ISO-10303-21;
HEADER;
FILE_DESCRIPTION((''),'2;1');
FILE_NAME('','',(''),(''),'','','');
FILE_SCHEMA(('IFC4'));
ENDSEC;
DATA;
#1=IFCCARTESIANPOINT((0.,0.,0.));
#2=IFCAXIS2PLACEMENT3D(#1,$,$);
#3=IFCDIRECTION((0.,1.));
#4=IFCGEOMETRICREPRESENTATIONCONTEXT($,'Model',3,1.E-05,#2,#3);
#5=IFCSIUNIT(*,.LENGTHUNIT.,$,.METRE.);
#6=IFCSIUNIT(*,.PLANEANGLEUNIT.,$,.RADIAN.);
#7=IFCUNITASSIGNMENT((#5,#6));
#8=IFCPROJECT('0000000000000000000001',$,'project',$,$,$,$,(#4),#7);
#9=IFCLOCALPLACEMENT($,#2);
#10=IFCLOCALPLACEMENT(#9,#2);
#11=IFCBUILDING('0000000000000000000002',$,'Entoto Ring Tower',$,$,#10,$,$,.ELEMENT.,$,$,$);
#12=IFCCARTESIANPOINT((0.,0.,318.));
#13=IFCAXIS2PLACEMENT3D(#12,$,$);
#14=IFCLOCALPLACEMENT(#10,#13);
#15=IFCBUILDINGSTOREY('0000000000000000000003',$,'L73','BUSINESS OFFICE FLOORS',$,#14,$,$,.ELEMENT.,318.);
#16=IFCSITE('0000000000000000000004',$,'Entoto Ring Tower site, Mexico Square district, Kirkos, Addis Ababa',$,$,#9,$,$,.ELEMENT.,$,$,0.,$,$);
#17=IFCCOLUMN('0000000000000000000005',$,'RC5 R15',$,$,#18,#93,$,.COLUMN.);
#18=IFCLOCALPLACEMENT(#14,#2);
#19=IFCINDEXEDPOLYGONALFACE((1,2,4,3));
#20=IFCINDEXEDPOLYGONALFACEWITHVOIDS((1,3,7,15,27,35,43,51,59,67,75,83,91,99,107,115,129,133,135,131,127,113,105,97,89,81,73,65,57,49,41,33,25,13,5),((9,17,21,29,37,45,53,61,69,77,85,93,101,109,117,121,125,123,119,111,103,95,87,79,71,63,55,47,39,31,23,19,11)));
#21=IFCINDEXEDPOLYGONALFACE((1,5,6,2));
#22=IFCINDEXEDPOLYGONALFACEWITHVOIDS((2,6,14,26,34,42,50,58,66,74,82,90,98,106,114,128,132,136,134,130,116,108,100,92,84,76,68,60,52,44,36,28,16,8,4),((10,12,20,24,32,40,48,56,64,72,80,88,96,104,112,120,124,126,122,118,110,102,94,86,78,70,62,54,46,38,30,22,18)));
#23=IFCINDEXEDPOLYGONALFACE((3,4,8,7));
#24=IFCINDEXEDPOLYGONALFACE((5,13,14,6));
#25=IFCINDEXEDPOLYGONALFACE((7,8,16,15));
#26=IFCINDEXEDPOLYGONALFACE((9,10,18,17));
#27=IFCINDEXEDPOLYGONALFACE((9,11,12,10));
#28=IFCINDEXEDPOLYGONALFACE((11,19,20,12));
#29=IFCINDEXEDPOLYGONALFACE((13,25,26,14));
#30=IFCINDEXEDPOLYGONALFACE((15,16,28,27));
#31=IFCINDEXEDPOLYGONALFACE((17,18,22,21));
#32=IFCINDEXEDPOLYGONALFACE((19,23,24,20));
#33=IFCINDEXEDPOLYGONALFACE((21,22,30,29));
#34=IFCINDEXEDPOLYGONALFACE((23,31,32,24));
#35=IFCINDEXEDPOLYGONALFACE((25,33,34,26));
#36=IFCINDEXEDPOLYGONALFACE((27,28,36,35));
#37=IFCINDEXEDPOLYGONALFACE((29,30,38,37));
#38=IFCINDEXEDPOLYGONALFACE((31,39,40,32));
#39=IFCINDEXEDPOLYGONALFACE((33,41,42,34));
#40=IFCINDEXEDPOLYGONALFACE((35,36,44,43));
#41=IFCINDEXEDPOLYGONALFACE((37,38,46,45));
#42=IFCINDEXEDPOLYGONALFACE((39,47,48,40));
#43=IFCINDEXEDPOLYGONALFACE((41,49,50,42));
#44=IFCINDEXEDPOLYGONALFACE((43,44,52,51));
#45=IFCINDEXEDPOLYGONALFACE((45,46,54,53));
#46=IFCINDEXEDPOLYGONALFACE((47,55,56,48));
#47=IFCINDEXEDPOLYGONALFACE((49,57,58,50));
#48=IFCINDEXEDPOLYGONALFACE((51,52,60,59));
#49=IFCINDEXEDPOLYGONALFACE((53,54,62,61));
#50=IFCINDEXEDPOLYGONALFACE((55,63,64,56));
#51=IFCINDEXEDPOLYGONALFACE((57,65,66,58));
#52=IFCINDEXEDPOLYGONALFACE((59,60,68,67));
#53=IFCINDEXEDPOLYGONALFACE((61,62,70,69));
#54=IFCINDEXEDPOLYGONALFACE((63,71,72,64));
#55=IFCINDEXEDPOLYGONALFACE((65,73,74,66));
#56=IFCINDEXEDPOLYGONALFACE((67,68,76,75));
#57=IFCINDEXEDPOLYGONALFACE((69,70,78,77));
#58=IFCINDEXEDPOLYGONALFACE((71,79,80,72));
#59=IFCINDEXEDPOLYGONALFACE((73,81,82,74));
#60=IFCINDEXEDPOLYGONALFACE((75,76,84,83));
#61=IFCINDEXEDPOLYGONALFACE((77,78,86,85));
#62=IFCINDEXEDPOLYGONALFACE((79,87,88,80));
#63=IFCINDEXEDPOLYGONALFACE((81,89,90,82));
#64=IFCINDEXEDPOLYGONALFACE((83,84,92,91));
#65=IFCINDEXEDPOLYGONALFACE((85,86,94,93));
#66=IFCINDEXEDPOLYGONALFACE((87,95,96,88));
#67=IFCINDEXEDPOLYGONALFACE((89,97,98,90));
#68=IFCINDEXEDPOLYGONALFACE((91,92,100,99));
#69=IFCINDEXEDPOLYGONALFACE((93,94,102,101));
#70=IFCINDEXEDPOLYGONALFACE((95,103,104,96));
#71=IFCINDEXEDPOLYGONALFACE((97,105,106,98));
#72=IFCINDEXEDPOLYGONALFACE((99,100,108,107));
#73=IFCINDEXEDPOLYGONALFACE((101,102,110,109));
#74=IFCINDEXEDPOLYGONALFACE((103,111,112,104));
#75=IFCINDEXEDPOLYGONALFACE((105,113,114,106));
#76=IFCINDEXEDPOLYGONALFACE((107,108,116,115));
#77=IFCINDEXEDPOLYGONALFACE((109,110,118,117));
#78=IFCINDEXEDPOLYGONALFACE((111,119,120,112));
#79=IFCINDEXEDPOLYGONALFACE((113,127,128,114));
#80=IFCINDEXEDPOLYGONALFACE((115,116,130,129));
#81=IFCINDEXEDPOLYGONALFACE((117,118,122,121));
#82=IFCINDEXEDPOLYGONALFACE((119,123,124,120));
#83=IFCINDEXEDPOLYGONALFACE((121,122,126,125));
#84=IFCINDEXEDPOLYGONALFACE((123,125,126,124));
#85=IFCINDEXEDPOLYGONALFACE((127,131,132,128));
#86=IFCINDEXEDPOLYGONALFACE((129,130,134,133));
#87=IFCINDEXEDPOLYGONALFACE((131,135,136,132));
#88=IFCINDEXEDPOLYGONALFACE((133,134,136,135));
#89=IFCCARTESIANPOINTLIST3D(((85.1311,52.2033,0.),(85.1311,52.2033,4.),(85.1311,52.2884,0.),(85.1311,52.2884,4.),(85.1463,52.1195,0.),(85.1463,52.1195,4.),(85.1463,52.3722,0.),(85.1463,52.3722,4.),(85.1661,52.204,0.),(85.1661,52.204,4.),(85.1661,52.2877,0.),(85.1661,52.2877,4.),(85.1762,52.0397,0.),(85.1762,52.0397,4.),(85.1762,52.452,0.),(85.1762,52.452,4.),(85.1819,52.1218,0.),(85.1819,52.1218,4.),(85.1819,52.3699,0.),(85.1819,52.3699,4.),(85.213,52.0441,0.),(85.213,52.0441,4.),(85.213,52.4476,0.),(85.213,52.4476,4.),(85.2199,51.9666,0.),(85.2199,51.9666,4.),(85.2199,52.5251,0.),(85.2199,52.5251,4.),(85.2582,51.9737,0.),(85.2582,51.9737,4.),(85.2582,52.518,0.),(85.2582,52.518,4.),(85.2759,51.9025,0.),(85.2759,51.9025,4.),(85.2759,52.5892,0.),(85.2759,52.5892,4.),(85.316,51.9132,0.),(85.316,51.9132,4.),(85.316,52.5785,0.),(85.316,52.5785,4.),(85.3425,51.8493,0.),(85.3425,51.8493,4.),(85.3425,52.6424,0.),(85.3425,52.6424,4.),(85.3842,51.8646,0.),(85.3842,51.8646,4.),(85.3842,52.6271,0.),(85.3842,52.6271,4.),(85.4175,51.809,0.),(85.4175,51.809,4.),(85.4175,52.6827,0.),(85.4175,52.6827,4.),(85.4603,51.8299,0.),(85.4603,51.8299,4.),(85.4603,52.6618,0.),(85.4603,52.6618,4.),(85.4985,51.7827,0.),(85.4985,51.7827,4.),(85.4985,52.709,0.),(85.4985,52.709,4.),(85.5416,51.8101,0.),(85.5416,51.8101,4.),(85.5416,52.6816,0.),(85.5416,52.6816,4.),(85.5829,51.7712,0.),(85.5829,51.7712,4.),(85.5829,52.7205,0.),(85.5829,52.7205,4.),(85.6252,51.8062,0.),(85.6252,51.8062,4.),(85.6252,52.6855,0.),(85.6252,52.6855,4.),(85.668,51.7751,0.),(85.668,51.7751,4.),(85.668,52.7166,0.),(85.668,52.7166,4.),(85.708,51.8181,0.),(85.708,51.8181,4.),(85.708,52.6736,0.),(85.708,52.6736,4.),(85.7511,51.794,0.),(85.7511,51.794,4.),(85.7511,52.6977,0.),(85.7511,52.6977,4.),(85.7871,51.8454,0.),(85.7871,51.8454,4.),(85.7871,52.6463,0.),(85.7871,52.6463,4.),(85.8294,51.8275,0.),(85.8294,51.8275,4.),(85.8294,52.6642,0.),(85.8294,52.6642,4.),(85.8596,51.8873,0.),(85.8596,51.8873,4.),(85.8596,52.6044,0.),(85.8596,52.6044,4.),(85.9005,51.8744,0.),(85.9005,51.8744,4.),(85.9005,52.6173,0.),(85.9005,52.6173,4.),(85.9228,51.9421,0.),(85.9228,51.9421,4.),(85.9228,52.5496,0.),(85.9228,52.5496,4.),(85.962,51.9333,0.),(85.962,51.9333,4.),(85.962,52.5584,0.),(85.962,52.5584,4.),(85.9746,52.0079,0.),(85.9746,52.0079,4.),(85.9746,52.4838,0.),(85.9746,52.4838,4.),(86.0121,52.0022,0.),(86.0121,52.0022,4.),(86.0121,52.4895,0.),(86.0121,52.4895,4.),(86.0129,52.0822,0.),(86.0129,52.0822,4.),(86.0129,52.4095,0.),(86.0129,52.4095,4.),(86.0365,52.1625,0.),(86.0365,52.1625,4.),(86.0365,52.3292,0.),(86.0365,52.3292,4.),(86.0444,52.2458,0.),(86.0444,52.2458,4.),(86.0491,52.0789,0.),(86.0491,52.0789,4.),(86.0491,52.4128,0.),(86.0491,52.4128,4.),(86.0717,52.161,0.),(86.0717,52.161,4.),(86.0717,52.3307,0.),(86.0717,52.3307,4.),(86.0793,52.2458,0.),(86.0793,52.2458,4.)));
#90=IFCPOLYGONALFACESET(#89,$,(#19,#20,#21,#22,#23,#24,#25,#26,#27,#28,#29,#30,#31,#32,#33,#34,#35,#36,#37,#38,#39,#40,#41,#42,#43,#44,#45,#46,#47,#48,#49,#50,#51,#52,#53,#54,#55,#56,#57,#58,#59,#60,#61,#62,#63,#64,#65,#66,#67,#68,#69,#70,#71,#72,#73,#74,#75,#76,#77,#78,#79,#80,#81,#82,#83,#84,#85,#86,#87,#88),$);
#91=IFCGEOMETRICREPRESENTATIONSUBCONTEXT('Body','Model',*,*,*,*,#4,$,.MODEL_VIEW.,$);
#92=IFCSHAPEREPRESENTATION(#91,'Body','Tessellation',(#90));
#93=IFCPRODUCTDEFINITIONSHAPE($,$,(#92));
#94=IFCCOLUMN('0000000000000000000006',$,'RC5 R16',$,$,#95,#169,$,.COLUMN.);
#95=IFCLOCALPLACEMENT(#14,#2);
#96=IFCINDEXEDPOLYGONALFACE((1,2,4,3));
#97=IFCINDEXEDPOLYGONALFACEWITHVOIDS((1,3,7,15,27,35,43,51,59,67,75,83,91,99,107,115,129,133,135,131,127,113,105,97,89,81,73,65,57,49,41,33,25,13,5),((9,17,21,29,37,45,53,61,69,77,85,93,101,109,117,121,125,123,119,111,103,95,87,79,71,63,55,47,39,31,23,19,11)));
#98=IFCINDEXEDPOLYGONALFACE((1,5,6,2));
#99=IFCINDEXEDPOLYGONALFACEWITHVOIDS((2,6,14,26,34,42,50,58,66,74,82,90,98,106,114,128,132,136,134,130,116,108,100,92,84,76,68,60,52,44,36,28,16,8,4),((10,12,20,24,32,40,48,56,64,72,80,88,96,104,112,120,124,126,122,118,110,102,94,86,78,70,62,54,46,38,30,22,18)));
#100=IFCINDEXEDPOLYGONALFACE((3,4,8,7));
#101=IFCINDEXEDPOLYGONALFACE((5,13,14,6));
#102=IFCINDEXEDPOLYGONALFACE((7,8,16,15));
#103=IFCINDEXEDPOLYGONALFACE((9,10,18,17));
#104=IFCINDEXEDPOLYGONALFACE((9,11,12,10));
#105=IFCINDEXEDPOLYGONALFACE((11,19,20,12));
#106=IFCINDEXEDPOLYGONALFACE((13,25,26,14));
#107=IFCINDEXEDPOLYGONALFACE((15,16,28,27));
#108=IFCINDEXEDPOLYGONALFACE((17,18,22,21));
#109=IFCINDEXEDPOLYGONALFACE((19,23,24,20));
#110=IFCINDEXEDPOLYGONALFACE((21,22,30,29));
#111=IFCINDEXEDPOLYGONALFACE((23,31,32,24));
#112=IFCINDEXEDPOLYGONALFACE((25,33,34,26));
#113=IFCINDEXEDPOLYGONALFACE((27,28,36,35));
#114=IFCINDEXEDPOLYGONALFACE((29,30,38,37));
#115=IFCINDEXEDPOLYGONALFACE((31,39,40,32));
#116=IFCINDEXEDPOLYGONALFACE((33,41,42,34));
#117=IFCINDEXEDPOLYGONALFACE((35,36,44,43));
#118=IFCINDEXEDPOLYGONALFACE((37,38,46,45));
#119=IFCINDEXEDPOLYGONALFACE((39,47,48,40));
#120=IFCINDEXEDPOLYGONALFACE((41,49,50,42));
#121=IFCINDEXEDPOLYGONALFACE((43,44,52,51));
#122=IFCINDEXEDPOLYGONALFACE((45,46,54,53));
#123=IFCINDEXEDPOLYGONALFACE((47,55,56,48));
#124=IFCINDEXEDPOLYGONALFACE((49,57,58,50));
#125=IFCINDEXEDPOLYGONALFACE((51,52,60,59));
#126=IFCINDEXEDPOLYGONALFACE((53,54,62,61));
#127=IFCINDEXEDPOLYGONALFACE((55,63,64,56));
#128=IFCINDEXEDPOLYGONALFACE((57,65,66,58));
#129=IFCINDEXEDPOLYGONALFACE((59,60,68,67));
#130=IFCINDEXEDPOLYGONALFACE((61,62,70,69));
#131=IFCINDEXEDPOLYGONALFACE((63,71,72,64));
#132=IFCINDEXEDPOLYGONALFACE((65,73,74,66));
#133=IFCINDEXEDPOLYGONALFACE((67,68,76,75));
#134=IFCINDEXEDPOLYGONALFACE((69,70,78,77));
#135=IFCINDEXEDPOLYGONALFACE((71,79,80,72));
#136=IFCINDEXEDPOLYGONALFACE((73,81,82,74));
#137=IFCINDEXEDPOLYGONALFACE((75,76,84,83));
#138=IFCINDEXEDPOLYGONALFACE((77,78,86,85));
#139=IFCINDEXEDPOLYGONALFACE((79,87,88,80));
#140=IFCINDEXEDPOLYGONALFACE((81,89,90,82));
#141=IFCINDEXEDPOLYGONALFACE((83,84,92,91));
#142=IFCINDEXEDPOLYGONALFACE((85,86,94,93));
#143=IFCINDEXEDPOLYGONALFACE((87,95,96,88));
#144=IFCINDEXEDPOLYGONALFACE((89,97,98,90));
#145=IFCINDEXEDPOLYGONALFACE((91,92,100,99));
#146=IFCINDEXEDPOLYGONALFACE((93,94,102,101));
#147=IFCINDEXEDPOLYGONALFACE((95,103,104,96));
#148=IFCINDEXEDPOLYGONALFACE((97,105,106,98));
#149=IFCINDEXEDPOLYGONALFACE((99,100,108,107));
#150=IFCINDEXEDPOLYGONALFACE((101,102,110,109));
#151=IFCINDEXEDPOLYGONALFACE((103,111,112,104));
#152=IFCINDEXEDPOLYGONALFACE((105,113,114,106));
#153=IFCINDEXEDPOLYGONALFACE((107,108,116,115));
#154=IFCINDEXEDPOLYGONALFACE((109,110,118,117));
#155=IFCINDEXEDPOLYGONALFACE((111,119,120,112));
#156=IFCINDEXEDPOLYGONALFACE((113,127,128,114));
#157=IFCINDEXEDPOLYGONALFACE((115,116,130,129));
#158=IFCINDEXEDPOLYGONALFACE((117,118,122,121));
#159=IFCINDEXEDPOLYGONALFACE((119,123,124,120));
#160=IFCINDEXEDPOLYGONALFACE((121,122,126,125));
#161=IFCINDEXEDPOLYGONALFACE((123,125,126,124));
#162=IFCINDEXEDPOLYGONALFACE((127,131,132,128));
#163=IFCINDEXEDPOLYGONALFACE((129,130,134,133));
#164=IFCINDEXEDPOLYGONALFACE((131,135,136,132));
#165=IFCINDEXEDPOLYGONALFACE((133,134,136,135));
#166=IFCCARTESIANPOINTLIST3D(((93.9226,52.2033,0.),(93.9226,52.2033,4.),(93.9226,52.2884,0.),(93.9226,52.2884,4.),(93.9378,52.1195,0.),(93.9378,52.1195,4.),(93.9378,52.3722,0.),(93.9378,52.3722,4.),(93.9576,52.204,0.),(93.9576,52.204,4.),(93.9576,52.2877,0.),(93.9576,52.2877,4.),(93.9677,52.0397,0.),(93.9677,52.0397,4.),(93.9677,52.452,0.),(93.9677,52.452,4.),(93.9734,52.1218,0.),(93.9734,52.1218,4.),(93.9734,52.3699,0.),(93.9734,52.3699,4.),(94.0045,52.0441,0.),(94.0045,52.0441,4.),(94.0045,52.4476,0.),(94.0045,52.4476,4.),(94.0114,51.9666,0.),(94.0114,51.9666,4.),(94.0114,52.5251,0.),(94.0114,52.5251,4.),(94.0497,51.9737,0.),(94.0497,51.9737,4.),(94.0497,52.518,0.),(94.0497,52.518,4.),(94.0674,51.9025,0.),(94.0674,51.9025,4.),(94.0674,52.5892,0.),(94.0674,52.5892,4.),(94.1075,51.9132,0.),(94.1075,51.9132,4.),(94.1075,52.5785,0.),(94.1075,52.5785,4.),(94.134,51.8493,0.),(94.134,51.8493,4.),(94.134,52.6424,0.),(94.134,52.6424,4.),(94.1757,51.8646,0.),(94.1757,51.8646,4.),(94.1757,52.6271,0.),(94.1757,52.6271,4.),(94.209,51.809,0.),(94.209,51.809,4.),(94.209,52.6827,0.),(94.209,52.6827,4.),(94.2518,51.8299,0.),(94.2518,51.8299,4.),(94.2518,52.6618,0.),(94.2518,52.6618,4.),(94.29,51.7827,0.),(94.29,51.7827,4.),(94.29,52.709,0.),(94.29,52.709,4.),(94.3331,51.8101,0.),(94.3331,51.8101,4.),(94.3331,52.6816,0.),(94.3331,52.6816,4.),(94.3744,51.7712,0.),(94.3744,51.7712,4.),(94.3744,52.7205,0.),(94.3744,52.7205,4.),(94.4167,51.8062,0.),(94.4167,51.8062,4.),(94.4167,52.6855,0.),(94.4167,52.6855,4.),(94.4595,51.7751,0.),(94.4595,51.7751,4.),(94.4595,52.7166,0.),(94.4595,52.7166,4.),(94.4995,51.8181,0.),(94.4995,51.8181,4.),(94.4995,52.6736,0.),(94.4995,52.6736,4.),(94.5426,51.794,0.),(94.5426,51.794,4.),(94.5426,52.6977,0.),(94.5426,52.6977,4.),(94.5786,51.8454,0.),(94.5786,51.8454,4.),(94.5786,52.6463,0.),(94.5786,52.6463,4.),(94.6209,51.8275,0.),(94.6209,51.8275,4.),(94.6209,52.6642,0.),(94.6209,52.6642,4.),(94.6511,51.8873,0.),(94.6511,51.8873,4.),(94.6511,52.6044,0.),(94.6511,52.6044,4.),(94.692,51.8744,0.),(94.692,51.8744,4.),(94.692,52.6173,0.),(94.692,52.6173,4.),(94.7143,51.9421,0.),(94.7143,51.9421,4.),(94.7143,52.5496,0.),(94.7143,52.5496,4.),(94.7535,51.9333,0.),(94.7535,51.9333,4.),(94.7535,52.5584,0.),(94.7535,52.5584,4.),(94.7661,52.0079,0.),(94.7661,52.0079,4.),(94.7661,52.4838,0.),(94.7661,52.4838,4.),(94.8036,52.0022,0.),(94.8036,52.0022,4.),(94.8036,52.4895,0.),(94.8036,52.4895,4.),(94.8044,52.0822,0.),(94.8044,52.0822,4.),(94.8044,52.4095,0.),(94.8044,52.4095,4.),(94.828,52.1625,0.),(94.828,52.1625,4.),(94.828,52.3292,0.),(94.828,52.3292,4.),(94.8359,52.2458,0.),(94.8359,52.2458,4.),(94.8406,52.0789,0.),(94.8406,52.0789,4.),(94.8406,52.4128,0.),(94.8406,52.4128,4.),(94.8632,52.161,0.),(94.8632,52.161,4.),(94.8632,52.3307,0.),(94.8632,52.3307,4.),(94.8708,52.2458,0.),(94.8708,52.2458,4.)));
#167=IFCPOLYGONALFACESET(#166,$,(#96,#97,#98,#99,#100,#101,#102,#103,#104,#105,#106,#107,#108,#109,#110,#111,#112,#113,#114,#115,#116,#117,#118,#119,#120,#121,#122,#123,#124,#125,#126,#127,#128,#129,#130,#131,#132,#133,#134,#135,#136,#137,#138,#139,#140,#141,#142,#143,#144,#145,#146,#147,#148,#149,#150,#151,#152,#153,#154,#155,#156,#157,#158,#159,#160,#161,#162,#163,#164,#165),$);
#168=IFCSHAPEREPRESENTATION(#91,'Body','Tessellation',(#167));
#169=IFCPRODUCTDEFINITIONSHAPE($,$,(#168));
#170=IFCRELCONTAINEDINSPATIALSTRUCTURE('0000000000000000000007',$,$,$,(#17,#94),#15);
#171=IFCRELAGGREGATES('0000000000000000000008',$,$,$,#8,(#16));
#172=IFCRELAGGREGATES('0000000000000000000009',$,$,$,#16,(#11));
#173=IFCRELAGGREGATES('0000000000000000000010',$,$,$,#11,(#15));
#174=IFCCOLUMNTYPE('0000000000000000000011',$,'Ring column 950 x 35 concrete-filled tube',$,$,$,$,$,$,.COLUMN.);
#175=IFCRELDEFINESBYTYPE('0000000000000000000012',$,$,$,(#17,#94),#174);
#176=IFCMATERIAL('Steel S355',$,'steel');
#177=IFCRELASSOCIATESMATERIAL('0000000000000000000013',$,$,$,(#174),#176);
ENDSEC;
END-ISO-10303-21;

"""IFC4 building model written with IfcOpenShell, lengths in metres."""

from ifc_helpers import new_model, si_unit, direction, frame, origin, origin_2d, place, context, subcontext, project, spatial, circle, hollow_circle, extrude, material, material_profile, profile_set, type_object, element, save


model = new_model("IFC4")

# Units and contexts
model_context = context("Model", 3, precision=1e-05, world=origin(), true_north=direction((0.0, 1.0)))
body_context = subcontext(model_context, "Body", "Model", "MODEL_VIEW")
ifc_project = project(units=[si_unit("LENGTHUNIT", "METRE"), si_unit("PLANEANGLEUNIT", "RADIAN")], contexts=[model_context])

# Site, building, storey
site_placement = place(None, origin())
site = spatial("IfcSite", under=ifc_project, at=site_placement, Name="Entoto Ring Tower site, Mexico Square district, Kirkos, Addis Ababa", CompositionType="ELEMENT", RefElevation=0.0)
building_placement = place(site_placement, origin())
building = spatial("IfcBuilding", under=site, at=building_placement, Name="Entoto Ring Tower", CompositionType="ELEMENT")
storey_placement = place(building_placement, frame((0.0, 0.0, 318.0)))
storey = spatial("IfcBuildingStorey", under=building, at=storey_placement, Name="L73", Description="BUSINESS OFFICE FLOORS", CompositionType="ELEMENT", Elevation=318.0)

# Columns
ifc_material_1 = material(Name="Steel S355", Category="steel")
ifc_material_profile_1 = material_profile(ifc_material_1, hollow_circle(Radius=0.4751, WallThickness=0.0349, at=origin_2d()), Name="CHS 950 x 35")
ifc_material_2 = material(Name="Concrete C60/75", Category="concrete")
ifc_material_profile_2 = material_profile(ifc_material_2, circle(Radius=0.4399, at=origin_2d()), Name="Concrete C60/75 infill")
ifc_profile_set_1 = profile_set([ifc_material_profile_1, ifc_material_profile_2], Name="Steel S355")
column_type = type_object("IfcColumnType", Name="Ring column 950 x 35 concrete-filled tube", PredefinedType="COLUMN", material=ifc_profile_set_1)
for number, where, z_axis, x_axis, name in (
    (1, (85.6042, 52.2458, 0.0), (0.0, 0.0, 1.0), (1.0, 0.0, 0.0), "RC5 R15"),
    (2, (94.3958, 52.2458, 0.0), (0.0, 0.0, 1.0), (1.0, 0.0, 0.0), "RC5 R16"),
):
    element("IfcColumn", number, at=place(storey_placement, frame(where, z_axis=z_axis, x_axis=x_axis)), inside=storey, type_object=column_type, Name=name, PredefinedType="COLUMN", context=body_context, shape_type="SweptSolid", body=[
        extrude(hollow_circle(Radius=0.4751, WallThickness=0.0349, at=origin_2d()), origin(), (0.0, 0.0, 1.0), 4.0),
    ])

save(model, "model.ifc")
